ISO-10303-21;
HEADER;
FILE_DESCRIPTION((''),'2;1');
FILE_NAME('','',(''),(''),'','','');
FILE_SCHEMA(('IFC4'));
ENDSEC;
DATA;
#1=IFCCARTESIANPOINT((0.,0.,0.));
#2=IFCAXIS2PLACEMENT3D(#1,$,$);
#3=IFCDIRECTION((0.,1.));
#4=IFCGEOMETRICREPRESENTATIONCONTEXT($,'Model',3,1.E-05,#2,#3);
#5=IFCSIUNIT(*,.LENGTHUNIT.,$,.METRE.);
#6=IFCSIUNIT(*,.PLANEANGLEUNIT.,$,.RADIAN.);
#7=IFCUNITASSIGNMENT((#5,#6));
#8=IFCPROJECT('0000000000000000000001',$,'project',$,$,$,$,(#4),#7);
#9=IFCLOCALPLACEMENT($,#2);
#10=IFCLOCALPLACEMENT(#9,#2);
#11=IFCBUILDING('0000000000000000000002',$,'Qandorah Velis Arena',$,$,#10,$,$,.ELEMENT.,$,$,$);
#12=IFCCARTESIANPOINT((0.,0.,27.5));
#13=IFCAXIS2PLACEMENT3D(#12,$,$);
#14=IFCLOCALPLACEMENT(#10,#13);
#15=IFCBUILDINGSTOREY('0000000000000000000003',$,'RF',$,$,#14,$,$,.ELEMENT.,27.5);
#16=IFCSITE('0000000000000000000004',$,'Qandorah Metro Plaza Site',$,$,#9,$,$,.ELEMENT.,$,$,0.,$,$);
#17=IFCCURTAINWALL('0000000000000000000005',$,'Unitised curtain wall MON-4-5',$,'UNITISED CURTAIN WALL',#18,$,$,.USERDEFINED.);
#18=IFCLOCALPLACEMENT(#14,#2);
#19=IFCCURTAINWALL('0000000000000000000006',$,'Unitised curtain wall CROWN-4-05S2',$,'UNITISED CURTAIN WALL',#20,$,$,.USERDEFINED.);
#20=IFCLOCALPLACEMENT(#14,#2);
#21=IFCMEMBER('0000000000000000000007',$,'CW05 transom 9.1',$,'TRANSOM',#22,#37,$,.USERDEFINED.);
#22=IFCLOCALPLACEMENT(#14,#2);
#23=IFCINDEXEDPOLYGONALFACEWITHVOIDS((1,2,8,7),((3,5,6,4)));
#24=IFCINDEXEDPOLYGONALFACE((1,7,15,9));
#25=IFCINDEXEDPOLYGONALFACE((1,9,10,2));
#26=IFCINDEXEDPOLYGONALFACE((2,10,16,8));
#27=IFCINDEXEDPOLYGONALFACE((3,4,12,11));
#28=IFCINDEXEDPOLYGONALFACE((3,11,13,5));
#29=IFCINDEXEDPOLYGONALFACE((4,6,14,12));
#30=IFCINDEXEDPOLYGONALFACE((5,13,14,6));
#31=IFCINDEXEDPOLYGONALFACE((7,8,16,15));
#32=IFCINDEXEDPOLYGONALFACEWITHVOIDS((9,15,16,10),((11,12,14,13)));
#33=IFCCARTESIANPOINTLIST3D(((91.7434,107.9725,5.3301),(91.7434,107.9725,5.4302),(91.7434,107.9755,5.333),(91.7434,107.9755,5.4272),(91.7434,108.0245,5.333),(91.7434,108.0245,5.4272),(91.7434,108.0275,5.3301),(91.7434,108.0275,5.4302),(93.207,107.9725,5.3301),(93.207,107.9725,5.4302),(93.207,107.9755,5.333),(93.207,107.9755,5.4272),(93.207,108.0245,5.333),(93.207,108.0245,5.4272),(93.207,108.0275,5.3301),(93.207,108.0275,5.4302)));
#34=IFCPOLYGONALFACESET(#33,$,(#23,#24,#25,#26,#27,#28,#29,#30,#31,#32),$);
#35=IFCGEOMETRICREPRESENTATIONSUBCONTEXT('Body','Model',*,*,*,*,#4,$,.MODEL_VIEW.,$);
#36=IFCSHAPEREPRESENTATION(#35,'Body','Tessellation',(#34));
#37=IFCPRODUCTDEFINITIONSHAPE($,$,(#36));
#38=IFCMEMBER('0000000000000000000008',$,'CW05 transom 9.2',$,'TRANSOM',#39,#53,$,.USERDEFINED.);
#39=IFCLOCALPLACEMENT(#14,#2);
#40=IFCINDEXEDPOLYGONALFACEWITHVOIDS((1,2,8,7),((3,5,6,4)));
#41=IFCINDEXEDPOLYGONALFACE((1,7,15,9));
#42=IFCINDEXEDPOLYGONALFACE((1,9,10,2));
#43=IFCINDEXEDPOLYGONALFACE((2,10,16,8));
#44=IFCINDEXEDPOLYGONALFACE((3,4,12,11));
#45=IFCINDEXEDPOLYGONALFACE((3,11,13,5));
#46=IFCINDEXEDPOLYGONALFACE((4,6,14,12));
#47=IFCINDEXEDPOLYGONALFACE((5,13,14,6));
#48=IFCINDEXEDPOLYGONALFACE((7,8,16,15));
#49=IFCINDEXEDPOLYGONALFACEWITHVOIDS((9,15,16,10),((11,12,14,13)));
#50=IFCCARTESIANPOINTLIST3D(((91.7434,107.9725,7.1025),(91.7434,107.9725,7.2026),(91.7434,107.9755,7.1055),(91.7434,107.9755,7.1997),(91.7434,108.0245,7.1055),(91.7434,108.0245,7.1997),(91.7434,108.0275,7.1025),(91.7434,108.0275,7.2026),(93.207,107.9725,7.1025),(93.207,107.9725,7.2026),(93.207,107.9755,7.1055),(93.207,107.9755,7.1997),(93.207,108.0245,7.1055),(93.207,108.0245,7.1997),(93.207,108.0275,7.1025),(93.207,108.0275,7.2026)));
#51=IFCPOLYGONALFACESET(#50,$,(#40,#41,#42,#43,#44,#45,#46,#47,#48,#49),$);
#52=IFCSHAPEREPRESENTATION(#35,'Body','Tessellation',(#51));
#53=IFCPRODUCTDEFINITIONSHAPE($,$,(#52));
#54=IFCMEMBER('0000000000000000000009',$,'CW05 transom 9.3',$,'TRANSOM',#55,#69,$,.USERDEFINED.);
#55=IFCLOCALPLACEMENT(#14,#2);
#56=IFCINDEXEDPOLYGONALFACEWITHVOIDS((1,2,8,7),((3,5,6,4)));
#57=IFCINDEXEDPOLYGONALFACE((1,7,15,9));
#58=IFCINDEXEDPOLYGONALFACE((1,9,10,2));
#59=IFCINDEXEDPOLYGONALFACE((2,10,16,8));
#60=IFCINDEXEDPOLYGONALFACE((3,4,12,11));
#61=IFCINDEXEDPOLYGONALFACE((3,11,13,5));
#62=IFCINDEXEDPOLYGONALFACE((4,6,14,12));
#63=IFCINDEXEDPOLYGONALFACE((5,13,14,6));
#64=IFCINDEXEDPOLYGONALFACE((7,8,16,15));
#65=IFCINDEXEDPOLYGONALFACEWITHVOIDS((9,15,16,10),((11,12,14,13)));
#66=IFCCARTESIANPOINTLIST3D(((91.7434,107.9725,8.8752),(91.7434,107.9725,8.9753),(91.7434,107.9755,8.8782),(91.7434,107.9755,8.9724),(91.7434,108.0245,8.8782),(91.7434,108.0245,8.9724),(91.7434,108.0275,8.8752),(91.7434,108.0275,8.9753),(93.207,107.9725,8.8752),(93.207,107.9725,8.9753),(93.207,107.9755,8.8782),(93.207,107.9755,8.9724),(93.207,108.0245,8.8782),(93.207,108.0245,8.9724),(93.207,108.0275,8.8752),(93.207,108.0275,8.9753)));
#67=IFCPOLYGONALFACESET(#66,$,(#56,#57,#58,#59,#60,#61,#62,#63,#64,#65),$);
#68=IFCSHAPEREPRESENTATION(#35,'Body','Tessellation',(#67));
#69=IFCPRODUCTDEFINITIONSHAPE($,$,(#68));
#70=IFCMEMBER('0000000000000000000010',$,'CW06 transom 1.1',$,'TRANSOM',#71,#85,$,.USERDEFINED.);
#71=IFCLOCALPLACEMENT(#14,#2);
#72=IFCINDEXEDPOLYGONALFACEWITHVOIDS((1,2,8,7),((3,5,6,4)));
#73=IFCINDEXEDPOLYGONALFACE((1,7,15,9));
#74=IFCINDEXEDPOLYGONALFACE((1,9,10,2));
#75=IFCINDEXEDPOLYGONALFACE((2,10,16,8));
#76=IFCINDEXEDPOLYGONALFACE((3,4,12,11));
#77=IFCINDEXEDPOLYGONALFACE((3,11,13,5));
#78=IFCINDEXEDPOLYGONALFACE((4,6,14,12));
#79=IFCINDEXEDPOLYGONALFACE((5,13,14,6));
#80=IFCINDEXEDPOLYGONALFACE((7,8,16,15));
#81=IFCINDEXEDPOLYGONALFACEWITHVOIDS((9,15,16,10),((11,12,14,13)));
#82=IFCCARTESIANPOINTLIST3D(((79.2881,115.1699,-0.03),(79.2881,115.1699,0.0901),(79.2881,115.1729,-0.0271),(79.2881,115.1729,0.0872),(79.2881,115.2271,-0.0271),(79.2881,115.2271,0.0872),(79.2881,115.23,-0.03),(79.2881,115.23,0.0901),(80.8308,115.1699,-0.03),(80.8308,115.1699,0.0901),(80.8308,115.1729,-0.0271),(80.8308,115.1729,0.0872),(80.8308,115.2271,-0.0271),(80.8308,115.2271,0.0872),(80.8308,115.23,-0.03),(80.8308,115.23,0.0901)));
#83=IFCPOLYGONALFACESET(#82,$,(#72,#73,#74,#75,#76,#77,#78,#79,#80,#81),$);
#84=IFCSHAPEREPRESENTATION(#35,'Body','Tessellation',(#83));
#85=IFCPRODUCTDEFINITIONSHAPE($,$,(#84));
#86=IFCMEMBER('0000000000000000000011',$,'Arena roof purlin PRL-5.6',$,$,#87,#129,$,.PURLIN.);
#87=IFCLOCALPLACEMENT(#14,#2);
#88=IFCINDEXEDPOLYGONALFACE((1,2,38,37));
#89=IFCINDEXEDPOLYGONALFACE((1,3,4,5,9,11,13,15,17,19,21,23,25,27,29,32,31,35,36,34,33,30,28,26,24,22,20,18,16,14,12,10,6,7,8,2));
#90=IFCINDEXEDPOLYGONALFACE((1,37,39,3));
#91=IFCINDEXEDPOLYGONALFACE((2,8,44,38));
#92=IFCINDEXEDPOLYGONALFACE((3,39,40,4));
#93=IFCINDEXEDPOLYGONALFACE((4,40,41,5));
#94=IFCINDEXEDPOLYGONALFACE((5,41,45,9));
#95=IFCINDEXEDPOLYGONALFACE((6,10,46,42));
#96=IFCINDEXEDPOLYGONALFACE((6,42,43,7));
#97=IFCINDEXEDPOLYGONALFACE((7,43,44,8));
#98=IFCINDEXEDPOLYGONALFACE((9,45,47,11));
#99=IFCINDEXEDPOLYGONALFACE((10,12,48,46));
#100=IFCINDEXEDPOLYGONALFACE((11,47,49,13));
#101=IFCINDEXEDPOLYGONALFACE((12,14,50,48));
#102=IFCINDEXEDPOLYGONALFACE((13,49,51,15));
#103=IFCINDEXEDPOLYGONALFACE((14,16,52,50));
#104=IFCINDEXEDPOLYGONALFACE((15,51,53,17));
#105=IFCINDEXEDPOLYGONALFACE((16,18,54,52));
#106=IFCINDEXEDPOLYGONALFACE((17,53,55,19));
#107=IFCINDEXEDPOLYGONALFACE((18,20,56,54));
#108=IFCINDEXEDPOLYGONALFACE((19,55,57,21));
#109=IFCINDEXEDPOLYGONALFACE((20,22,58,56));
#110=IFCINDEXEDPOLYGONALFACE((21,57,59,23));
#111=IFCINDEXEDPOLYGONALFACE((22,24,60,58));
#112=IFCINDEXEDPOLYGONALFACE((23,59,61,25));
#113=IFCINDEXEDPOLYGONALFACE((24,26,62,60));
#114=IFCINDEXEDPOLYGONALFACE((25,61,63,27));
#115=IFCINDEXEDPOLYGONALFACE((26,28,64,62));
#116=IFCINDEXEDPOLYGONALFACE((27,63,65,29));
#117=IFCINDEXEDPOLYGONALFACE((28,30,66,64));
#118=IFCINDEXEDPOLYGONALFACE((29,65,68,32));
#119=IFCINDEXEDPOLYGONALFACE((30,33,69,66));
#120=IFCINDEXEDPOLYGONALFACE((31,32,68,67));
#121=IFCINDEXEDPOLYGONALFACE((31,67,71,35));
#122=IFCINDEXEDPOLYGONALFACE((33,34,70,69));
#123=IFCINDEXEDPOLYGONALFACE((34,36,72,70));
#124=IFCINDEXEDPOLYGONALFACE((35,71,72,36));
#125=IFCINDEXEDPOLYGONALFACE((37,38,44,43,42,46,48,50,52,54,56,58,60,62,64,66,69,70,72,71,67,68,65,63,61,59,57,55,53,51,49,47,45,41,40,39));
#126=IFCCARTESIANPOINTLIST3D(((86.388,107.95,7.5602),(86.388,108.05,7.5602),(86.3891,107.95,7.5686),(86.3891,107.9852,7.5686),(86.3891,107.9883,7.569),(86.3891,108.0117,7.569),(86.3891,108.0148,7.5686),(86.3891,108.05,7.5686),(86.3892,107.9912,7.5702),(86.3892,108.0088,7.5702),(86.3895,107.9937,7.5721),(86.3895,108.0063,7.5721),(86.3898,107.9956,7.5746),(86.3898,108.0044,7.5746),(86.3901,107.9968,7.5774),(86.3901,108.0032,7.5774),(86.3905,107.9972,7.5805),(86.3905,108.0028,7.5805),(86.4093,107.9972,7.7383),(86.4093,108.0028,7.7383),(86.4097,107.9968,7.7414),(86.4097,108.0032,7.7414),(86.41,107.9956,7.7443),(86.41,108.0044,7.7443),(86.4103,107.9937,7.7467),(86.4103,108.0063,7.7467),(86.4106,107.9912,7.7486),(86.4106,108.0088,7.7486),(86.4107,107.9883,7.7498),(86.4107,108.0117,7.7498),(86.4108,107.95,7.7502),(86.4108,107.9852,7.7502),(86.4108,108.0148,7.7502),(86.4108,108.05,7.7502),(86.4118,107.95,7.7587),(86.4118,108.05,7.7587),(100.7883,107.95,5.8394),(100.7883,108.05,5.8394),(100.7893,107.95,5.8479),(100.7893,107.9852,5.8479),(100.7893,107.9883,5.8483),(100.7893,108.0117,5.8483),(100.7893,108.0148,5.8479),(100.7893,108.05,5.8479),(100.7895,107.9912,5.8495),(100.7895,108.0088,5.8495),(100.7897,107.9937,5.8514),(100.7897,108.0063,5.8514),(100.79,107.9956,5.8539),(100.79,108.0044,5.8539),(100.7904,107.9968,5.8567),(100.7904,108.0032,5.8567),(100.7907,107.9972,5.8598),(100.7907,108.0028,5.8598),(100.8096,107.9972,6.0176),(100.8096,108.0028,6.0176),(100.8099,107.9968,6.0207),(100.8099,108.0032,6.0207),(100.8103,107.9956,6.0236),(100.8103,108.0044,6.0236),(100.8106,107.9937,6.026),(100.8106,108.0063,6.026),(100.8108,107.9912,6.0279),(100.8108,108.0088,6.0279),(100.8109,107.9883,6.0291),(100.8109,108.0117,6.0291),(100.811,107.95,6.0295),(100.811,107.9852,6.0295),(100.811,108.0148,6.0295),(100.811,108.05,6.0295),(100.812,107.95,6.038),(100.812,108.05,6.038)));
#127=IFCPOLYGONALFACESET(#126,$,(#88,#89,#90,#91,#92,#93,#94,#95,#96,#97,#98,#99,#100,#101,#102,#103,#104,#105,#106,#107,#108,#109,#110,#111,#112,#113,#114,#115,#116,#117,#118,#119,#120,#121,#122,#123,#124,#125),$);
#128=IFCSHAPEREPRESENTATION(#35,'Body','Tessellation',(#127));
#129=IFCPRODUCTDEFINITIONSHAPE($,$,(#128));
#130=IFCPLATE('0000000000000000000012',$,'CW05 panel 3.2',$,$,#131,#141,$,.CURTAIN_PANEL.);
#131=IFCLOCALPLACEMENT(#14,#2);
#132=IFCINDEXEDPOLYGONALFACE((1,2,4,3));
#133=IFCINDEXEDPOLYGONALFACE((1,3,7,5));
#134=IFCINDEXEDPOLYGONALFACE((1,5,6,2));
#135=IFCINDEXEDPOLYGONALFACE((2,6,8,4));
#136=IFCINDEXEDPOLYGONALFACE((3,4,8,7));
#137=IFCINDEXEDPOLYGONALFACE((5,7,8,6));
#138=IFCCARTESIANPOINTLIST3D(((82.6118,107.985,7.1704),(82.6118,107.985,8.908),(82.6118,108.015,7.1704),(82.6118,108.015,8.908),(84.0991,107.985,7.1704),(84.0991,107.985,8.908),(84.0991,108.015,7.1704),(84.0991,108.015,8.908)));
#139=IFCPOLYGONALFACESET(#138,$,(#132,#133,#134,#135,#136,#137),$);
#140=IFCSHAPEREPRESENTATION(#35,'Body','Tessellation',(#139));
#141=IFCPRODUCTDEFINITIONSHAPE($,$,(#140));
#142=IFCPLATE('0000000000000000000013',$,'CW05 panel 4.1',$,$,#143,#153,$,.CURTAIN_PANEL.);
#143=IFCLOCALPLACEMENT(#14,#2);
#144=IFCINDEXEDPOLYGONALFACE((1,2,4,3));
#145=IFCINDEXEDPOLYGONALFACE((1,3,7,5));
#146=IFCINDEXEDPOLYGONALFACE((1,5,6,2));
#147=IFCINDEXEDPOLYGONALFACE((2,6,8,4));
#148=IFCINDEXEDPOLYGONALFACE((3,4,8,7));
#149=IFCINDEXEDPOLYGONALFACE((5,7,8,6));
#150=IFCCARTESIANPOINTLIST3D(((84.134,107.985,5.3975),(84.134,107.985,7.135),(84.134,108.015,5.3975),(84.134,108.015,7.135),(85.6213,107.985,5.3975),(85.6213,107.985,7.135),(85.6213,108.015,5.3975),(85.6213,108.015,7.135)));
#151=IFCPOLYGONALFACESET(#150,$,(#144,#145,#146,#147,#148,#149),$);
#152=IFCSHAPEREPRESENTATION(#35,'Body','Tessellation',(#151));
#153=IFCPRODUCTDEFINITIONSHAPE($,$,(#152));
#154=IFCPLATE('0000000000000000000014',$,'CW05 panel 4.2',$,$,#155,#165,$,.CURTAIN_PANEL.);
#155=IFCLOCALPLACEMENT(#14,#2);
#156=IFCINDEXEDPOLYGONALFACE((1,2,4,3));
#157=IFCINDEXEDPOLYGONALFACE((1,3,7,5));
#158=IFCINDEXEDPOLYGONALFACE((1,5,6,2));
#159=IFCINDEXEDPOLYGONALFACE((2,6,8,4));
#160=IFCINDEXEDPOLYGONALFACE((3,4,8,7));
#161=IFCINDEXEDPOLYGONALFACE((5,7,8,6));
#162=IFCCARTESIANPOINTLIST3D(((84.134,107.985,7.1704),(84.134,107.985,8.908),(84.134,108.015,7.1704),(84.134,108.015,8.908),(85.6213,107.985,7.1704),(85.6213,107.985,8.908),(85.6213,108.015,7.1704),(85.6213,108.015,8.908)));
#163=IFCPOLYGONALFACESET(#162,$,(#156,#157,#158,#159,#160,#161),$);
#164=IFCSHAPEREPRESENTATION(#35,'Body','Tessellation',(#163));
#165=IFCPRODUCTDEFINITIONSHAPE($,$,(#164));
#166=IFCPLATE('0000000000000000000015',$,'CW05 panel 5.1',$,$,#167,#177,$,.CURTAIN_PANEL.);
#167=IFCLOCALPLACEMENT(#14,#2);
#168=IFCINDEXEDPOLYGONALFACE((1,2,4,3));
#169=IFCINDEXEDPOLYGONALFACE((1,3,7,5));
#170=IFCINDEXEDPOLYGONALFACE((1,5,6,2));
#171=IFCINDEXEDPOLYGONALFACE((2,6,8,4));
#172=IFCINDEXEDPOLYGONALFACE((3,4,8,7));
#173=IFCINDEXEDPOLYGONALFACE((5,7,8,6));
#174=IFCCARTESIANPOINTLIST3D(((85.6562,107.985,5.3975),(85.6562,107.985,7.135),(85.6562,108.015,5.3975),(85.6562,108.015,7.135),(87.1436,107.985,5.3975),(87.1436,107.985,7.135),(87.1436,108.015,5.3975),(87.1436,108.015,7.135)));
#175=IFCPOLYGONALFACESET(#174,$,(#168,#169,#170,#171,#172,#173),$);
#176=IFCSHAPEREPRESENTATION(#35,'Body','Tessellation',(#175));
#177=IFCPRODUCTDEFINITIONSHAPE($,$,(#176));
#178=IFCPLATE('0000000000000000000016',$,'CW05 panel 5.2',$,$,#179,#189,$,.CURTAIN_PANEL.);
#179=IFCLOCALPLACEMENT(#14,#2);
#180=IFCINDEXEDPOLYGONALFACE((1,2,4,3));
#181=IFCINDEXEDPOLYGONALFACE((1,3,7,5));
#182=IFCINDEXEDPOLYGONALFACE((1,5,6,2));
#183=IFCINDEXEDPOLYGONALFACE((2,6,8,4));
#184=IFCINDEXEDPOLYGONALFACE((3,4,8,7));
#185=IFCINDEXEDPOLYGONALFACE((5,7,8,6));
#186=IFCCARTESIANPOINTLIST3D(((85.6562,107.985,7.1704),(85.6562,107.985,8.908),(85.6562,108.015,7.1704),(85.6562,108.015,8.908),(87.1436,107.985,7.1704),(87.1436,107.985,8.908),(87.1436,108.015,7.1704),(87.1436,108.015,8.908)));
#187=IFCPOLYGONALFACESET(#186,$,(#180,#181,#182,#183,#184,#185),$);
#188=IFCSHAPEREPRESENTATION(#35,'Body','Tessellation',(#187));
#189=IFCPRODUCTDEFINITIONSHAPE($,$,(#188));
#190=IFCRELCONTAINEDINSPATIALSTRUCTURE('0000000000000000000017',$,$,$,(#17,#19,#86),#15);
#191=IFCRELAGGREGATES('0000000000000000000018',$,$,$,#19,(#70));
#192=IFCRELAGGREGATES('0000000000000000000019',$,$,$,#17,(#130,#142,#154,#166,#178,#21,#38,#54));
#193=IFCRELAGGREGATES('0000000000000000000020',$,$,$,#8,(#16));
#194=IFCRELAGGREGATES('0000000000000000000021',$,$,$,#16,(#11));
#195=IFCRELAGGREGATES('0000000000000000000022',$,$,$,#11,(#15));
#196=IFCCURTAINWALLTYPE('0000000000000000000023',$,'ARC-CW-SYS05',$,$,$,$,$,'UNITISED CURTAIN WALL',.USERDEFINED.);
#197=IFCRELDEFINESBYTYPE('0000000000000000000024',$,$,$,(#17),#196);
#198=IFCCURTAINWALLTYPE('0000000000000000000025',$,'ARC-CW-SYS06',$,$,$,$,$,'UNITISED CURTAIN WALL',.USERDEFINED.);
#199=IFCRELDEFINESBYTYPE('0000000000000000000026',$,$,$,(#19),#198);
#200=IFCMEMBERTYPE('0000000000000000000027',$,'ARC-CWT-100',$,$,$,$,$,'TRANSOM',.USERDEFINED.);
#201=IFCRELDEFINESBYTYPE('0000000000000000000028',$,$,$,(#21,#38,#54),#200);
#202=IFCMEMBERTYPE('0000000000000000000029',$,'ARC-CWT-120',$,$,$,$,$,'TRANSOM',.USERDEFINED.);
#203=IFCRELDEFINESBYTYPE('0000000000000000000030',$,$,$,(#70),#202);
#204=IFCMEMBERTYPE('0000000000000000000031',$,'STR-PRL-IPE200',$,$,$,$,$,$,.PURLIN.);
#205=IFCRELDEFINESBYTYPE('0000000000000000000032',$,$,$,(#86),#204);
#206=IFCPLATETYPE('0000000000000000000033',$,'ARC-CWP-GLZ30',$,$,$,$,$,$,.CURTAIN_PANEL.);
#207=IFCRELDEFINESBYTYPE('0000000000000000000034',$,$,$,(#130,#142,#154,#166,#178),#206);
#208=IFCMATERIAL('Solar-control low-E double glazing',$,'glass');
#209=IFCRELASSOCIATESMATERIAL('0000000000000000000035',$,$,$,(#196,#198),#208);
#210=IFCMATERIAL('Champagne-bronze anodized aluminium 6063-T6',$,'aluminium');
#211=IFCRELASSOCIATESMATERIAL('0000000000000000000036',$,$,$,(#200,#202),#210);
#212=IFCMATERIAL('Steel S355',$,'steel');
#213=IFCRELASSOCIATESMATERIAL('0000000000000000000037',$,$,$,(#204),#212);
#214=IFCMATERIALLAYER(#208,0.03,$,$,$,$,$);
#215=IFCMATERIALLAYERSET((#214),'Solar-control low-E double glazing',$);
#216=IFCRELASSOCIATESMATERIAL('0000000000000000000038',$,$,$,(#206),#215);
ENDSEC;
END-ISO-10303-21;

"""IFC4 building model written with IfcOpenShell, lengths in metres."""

from ifc_helpers import new_model, si_unit, direction, frame, origin, origin_2d, place, context, subcontext, project, spatial, rectangle, hollow_rectangle, i_section, extrude, material, layer, layer_set, material_profile, profile_set, type_object, element, aggregate, save


model = new_model("IFC4")

# Units and contexts
model_context = context("Model", 3, precision=1e-05, world=origin(), true_north=direction((0.0, 1.0)))
body_context = subcontext(model_context, "Body", "Model", "MODEL_VIEW")
ifc_project = project(units=[si_unit("LENGTHUNIT", "METRE"), si_unit("PLANEANGLEUNIT", "RADIAN")], contexts=[model_context])

# Site, building, storey
site_placement = place(None, origin())
site = spatial("IfcSite", under=ifc_project, at=site_placement, Name="Qandorah Metro Plaza Site", CompositionType="ELEMENT", RefElevation=0.0)
building_placement = place(site_placement, origin())
building = spatial("IfcBuilding", under=site, at=building_placement, Name="Qandorah Velis Arena", CompositionType="ELEMENT")
storey_placement = place(building_placement, frame((0.0, 0.0, 27.5)))
storey = spatial("IfcBuildingStorey", under=building, at=storey_placement, Name="RF", CompositionType="ELEMENT", Elevation=27.5)

# Curtain wall
ifc_material_1 = material(Name="Solar-control low-E double glazing", Category="glass")
curtain_wall_type_1 = type_object("IfcCurtainWallType", Name="ARC-CW-SYS05", ElementType="UNITISED CURTAIN WALL", PredefinedType="USERDEFINED", material=ifc_material_1)
curtain_wall_1_placement = place(storey_placement, origin())
curtain_wall_1 = element("IfcCurtainWall", 1, at=curtain_wall_1_placement, inside=storey, type_object=curtain_wall_type_1, Name="Unitised curtain wall MON-4-5", ObjectType="UNITISED CURTAIN WALL", PredefinedType="USERDEFINED")
ifc_material_2 = material(Name="Champagne-bronze anodized aluminium 6063-T6", Category="aluminium")

# Curtain wall
curtain_wall_type_2 = type_object("IfcCurtainWallType", Name="ARC-CW-SYS06", ElementType="UNITISED CURTAIN WALL", PredefinedType="USERDEFINED", material=ifc_material_1)
curtain_wall_2_placement = place(storey_placement, origin())
curtain_wall_2 = element("IfcCurtainWall", 2, at=curtain_wall_2_placement, inside=storey, type_object=curtain_wall_type_2, Name="Unitised curtain wall CROWN-4-05S2", ObjectType="UNITISED CURTAIN WALL", PredefinedType="USERDEFINED")

# Members
ifc_material_profile_1 = material_profile(ifc_material_2, hollow_rectangle(XDim=0.0549, YDim=0.1001, WallThickness=0.0029, at=origin_2d()), Name="ALU TRANSOM 55x100")
ifc_profile_set_1 = profile_set([ifc_material_profile_1], Name="Champagne-bronze anodized aluminium 6063-T6")
member_type_1 = type_object("IfcMemberType", Name="ARC-CWT-100", ElementType="TRANSOM", PredefinedType="USERDEFINED", material=ifc_profile_set_1)
member_1_placement = place(storey_placement, frame((91.7434, 108.0, 5.3801), z_axis=(1.0, 0.0, 0.0), x_axis=(0.0, 1.0, 0.0)))
member_1 = element("IfcMember", 3, at=member_1_placement, type_object=member_type_1, Name="CW05 transom 9.1", ObjectType="TRANSOM", PredefinedType="USERDEFINED", context=body_context, shape_type="SweptSolid", body=[
    extrude(hollow_rectangle(XDim=0.0549, YDim=0.1001, WallThickness=0.0029, at=origin_2d()), origin(), (0.0, 0.0, 1.0), 1.4636),
])
member_2_placement = place(storey_placement, frame((91.7434, 108.0, 7.1526), z_axis=(1.0, 0.0, 0.0), x_axis=(0.0, 1.0, 0.0)))
member_2 = element("IfcMember", 4, at=member_2_placement, type_object=member_type_1, Name="CW05 transom 9.2", ObjectType="TRANSOM", PredefinedType="USERDEFINED", context=body_context, shape_type="SweptSolid", body=[
    extrude(hollow_rectangle(XDim=0.0549, YDim=0.1001, WallThickness=0.0029, at=origin_2d()), origin(), (0.0, 0.0, 1.0), 1.4636),
])
member_3_placement = place(storey_placement, frame((91.7434, 108.0, 8.9253), z_axis=(1.0, 0.0, 0.0), x_axis=(0.0, 1.0, 0.0)))
member_3 = element("IfcMember", 5, at=member_3_placement, type_object=member_type_1, Name="CW05 transom 9.3", ObjectType="TRANSOM", PredefinedType="USERDEFINED", context=body_context, shape_type="SweptSolid", body=[
    extrude(hollow_rectangle(XDim=0.0549, YDim=0.1001, WallThickness=0.0029, at=origin_2d()), origin(), (0.0, 0.0, 1.0), 1.4636),
])
ifc_material_profile_2 = material_profile(ifc_material_2, hollow_rectangle(XDim=0.0601, YDim=0.1201, WallThickness=0.0029, at=origin_2d()), Name="ALU TRANSOM 60x120")
ifc_profile_set_2 = profile_set([ifc_material_profile_2], Name="Champagne-bronze anodized aluminium 6063-T6")
member_type_2 = type_object("IfcMemberType", Name="ARC-CWT-120", ElementType="TRANSOM", PredefinedType="USERDEFINED", material=ifc_profile_set_2)
member_4_placement = place(storey_placement, frame((79.2881, 115.2, 0.03), z_axis=(1.0, 0.0, 0.0), x_axis=(0.0, 1.0, 0.0)))
member_4 = element("IfcMember", 6, at=member_4_placement, type_object=member_type_2, Name="CW06 transom 1.1", ObjectType="TRANSOM", PredefinedType="USERDEFINED", context=body_context, shape_type="SweptSolid", body=[
    extrude(hollow_rectangle(XDim=0.0601, YDim=0.1201, WallThickness=0.0029, at=origin_2d()), origin(), (0.0, 0.0, 1.0), 1.5427),
])
aggregate(curtain_wall_2, [member_4])
ifc_material_3 = material(Name="Steel S355", Category="steel")
ifc_material_profile_3 = material_profile(ifc_material_3, i_section(OverallWidth=0.1001, OverallDepth=0.2, WebThickness=0.0056, FlangeThickness=0.0085, FilletRadius=0.012, at=origin_2d()), Name="IPE 200")
ifc_profile_set_3 = profile_set([ifc_material_profile_3], Name="Steel S355")
member_type_3 = type_object("IfcMemberType", Name="STR-PRL-IPE200", PredefinedType="PURLIN", material=ifc_profile_set_3)
member_5_placement = place(storey_placement, frame((86.3999, 108.0, 7.6594), z_axis=(0.992936, 0.0, -0.118648), x_axis=(0.0, 1.0, 0.0)))
element("IfcMember", 7, at=member_5_placement, inside=storey, type_object=member_type_3, Name="Arena roof purlin PRL-5.6", PredefinedType="PURLIN", context=body_context, shape_type="SweptSolid", body=[
    extrude(i_section(OverallWidth=0.1001, OverallDepth=0.2, WebThickness=0.0056, FlangeThickness=0.0085, FilletRadius=0.012, at=origin_2d()), origin(), (0.0, 0.0, 1.0), 14.5027),
])

# Plates
ifc_layer = layer(ifc_material_1, 0.03)
ifc_layer_set = layer_set([ifc_layer], Name="Solar-control low-E double glazing")
plate_type = type_object("IfcPlateType", Name="ARC-CWP-GLZ30", PredefinedType="CURTAIN_PANEL", material=ifc_layer_set)
plate_1_placement = place(storey_placement, frame((83.3555, 108.0, 7.1704), z_axis=(0.0, 0.0, 1.0), x_axis=(1.0, 0.0, 0.0)))
plate_1 = element("IfcPlate", 8, at=plate_1_placement, type_object=plate_type, Name="CW05 panel 3.2", PredefinedType="CURTAIN_PANEL", context=body_context, shape_type="SweptSolid", body=[
    extrude(rectangle(XDim=1.4873, YDim=0.03, at=origin_2d()), origin(), (0.0, 0.0, 1.0), 1.7375),
])
plate_2_placement = place(storey_placement, frame((84.8777, 108.0, 5.3975), z_axis=(0.0, 0.0, 1.0), x_axis=(1.0, 0.0, 0.0)))
plate_2 = element("IfcPlate", 9, at=plate_2_placement, type_object=plate_type, Name="CW05 panel 4.1", PredefinedType="CURTAIN_PANEL", context=body_context, shape_type="SweptSolid", body=[
    extrude(rectangle(XDim=1.4873, YDim=0.03, at=origin_2d()), origin(), (0.0, 0.0, 1.0), 1.7375),
])
plate_3_placement = place(storey_placement, frame((84.8777, 108.0, 7.1704), z_axis=(0.0, 0.0, 1.0), x_axis=(1.0, 0.0, 0.0)))
plate_3 = element("IfcPlate", 10, at=plate_3_placement, type_object=plate_type, Name="CW05 panel 4.2", PredefinedType="CURTAIN_PANEL", context=body_context, shape_type="SweptSolid", body=[
    extrude(rectangle(XDim=1.4873, YDim=0.03, at=origin_2d()), origin(), (0.0, 0.0, 1.0), 1.7375),
])
plate_4_placement = place(storey_placement, frame((86.3999, 108.0, 5.3975), z_axis=(0.0, 0.0, 1.0), x_axis=(1.0, 0.0, 0.0)))
plate_4 = element("IfcPlate", 11, at=plate_4_placement, type_object=plate_type, Name="CW05 panel 5.1", PredefinedType="CURTAIN_PANEL", context=body_context, shape_type="SweptSolid", body=[
    extrude(rectangle(XDim=1.4873, YDim=0.03, at=origin_2d()), origin(), (0.0, 0.0, 1.0), 1.7375),
])
plate_5_placement = place(storey_placement, frame((86.3999, 108.0, 7.1704), z_axis=(0.0, 0.0, 1.0), x_axis=(1.0, 0.0, 0.0)))
plate_5 = element("IfcPlate", 12, at=plate_5_placement, type_object=plate_type, Name="CW05 panel 5.2", PredefinedType="CURTAIN_PANEL", context=body_context, shape_type="SweptSolid", body=[
    extrude(rectangle(XDim=1.4873, YDim=0.03, at=origin_2d()), origin(), (0.0, 0.0, 1.0), 1.7375),
])
aggregate(curtain_wall_1, [plate_1, plate_2, plate_3, plate_4, plate_5, member_1, member_2, member_3])

save(model, "model.ifc")
